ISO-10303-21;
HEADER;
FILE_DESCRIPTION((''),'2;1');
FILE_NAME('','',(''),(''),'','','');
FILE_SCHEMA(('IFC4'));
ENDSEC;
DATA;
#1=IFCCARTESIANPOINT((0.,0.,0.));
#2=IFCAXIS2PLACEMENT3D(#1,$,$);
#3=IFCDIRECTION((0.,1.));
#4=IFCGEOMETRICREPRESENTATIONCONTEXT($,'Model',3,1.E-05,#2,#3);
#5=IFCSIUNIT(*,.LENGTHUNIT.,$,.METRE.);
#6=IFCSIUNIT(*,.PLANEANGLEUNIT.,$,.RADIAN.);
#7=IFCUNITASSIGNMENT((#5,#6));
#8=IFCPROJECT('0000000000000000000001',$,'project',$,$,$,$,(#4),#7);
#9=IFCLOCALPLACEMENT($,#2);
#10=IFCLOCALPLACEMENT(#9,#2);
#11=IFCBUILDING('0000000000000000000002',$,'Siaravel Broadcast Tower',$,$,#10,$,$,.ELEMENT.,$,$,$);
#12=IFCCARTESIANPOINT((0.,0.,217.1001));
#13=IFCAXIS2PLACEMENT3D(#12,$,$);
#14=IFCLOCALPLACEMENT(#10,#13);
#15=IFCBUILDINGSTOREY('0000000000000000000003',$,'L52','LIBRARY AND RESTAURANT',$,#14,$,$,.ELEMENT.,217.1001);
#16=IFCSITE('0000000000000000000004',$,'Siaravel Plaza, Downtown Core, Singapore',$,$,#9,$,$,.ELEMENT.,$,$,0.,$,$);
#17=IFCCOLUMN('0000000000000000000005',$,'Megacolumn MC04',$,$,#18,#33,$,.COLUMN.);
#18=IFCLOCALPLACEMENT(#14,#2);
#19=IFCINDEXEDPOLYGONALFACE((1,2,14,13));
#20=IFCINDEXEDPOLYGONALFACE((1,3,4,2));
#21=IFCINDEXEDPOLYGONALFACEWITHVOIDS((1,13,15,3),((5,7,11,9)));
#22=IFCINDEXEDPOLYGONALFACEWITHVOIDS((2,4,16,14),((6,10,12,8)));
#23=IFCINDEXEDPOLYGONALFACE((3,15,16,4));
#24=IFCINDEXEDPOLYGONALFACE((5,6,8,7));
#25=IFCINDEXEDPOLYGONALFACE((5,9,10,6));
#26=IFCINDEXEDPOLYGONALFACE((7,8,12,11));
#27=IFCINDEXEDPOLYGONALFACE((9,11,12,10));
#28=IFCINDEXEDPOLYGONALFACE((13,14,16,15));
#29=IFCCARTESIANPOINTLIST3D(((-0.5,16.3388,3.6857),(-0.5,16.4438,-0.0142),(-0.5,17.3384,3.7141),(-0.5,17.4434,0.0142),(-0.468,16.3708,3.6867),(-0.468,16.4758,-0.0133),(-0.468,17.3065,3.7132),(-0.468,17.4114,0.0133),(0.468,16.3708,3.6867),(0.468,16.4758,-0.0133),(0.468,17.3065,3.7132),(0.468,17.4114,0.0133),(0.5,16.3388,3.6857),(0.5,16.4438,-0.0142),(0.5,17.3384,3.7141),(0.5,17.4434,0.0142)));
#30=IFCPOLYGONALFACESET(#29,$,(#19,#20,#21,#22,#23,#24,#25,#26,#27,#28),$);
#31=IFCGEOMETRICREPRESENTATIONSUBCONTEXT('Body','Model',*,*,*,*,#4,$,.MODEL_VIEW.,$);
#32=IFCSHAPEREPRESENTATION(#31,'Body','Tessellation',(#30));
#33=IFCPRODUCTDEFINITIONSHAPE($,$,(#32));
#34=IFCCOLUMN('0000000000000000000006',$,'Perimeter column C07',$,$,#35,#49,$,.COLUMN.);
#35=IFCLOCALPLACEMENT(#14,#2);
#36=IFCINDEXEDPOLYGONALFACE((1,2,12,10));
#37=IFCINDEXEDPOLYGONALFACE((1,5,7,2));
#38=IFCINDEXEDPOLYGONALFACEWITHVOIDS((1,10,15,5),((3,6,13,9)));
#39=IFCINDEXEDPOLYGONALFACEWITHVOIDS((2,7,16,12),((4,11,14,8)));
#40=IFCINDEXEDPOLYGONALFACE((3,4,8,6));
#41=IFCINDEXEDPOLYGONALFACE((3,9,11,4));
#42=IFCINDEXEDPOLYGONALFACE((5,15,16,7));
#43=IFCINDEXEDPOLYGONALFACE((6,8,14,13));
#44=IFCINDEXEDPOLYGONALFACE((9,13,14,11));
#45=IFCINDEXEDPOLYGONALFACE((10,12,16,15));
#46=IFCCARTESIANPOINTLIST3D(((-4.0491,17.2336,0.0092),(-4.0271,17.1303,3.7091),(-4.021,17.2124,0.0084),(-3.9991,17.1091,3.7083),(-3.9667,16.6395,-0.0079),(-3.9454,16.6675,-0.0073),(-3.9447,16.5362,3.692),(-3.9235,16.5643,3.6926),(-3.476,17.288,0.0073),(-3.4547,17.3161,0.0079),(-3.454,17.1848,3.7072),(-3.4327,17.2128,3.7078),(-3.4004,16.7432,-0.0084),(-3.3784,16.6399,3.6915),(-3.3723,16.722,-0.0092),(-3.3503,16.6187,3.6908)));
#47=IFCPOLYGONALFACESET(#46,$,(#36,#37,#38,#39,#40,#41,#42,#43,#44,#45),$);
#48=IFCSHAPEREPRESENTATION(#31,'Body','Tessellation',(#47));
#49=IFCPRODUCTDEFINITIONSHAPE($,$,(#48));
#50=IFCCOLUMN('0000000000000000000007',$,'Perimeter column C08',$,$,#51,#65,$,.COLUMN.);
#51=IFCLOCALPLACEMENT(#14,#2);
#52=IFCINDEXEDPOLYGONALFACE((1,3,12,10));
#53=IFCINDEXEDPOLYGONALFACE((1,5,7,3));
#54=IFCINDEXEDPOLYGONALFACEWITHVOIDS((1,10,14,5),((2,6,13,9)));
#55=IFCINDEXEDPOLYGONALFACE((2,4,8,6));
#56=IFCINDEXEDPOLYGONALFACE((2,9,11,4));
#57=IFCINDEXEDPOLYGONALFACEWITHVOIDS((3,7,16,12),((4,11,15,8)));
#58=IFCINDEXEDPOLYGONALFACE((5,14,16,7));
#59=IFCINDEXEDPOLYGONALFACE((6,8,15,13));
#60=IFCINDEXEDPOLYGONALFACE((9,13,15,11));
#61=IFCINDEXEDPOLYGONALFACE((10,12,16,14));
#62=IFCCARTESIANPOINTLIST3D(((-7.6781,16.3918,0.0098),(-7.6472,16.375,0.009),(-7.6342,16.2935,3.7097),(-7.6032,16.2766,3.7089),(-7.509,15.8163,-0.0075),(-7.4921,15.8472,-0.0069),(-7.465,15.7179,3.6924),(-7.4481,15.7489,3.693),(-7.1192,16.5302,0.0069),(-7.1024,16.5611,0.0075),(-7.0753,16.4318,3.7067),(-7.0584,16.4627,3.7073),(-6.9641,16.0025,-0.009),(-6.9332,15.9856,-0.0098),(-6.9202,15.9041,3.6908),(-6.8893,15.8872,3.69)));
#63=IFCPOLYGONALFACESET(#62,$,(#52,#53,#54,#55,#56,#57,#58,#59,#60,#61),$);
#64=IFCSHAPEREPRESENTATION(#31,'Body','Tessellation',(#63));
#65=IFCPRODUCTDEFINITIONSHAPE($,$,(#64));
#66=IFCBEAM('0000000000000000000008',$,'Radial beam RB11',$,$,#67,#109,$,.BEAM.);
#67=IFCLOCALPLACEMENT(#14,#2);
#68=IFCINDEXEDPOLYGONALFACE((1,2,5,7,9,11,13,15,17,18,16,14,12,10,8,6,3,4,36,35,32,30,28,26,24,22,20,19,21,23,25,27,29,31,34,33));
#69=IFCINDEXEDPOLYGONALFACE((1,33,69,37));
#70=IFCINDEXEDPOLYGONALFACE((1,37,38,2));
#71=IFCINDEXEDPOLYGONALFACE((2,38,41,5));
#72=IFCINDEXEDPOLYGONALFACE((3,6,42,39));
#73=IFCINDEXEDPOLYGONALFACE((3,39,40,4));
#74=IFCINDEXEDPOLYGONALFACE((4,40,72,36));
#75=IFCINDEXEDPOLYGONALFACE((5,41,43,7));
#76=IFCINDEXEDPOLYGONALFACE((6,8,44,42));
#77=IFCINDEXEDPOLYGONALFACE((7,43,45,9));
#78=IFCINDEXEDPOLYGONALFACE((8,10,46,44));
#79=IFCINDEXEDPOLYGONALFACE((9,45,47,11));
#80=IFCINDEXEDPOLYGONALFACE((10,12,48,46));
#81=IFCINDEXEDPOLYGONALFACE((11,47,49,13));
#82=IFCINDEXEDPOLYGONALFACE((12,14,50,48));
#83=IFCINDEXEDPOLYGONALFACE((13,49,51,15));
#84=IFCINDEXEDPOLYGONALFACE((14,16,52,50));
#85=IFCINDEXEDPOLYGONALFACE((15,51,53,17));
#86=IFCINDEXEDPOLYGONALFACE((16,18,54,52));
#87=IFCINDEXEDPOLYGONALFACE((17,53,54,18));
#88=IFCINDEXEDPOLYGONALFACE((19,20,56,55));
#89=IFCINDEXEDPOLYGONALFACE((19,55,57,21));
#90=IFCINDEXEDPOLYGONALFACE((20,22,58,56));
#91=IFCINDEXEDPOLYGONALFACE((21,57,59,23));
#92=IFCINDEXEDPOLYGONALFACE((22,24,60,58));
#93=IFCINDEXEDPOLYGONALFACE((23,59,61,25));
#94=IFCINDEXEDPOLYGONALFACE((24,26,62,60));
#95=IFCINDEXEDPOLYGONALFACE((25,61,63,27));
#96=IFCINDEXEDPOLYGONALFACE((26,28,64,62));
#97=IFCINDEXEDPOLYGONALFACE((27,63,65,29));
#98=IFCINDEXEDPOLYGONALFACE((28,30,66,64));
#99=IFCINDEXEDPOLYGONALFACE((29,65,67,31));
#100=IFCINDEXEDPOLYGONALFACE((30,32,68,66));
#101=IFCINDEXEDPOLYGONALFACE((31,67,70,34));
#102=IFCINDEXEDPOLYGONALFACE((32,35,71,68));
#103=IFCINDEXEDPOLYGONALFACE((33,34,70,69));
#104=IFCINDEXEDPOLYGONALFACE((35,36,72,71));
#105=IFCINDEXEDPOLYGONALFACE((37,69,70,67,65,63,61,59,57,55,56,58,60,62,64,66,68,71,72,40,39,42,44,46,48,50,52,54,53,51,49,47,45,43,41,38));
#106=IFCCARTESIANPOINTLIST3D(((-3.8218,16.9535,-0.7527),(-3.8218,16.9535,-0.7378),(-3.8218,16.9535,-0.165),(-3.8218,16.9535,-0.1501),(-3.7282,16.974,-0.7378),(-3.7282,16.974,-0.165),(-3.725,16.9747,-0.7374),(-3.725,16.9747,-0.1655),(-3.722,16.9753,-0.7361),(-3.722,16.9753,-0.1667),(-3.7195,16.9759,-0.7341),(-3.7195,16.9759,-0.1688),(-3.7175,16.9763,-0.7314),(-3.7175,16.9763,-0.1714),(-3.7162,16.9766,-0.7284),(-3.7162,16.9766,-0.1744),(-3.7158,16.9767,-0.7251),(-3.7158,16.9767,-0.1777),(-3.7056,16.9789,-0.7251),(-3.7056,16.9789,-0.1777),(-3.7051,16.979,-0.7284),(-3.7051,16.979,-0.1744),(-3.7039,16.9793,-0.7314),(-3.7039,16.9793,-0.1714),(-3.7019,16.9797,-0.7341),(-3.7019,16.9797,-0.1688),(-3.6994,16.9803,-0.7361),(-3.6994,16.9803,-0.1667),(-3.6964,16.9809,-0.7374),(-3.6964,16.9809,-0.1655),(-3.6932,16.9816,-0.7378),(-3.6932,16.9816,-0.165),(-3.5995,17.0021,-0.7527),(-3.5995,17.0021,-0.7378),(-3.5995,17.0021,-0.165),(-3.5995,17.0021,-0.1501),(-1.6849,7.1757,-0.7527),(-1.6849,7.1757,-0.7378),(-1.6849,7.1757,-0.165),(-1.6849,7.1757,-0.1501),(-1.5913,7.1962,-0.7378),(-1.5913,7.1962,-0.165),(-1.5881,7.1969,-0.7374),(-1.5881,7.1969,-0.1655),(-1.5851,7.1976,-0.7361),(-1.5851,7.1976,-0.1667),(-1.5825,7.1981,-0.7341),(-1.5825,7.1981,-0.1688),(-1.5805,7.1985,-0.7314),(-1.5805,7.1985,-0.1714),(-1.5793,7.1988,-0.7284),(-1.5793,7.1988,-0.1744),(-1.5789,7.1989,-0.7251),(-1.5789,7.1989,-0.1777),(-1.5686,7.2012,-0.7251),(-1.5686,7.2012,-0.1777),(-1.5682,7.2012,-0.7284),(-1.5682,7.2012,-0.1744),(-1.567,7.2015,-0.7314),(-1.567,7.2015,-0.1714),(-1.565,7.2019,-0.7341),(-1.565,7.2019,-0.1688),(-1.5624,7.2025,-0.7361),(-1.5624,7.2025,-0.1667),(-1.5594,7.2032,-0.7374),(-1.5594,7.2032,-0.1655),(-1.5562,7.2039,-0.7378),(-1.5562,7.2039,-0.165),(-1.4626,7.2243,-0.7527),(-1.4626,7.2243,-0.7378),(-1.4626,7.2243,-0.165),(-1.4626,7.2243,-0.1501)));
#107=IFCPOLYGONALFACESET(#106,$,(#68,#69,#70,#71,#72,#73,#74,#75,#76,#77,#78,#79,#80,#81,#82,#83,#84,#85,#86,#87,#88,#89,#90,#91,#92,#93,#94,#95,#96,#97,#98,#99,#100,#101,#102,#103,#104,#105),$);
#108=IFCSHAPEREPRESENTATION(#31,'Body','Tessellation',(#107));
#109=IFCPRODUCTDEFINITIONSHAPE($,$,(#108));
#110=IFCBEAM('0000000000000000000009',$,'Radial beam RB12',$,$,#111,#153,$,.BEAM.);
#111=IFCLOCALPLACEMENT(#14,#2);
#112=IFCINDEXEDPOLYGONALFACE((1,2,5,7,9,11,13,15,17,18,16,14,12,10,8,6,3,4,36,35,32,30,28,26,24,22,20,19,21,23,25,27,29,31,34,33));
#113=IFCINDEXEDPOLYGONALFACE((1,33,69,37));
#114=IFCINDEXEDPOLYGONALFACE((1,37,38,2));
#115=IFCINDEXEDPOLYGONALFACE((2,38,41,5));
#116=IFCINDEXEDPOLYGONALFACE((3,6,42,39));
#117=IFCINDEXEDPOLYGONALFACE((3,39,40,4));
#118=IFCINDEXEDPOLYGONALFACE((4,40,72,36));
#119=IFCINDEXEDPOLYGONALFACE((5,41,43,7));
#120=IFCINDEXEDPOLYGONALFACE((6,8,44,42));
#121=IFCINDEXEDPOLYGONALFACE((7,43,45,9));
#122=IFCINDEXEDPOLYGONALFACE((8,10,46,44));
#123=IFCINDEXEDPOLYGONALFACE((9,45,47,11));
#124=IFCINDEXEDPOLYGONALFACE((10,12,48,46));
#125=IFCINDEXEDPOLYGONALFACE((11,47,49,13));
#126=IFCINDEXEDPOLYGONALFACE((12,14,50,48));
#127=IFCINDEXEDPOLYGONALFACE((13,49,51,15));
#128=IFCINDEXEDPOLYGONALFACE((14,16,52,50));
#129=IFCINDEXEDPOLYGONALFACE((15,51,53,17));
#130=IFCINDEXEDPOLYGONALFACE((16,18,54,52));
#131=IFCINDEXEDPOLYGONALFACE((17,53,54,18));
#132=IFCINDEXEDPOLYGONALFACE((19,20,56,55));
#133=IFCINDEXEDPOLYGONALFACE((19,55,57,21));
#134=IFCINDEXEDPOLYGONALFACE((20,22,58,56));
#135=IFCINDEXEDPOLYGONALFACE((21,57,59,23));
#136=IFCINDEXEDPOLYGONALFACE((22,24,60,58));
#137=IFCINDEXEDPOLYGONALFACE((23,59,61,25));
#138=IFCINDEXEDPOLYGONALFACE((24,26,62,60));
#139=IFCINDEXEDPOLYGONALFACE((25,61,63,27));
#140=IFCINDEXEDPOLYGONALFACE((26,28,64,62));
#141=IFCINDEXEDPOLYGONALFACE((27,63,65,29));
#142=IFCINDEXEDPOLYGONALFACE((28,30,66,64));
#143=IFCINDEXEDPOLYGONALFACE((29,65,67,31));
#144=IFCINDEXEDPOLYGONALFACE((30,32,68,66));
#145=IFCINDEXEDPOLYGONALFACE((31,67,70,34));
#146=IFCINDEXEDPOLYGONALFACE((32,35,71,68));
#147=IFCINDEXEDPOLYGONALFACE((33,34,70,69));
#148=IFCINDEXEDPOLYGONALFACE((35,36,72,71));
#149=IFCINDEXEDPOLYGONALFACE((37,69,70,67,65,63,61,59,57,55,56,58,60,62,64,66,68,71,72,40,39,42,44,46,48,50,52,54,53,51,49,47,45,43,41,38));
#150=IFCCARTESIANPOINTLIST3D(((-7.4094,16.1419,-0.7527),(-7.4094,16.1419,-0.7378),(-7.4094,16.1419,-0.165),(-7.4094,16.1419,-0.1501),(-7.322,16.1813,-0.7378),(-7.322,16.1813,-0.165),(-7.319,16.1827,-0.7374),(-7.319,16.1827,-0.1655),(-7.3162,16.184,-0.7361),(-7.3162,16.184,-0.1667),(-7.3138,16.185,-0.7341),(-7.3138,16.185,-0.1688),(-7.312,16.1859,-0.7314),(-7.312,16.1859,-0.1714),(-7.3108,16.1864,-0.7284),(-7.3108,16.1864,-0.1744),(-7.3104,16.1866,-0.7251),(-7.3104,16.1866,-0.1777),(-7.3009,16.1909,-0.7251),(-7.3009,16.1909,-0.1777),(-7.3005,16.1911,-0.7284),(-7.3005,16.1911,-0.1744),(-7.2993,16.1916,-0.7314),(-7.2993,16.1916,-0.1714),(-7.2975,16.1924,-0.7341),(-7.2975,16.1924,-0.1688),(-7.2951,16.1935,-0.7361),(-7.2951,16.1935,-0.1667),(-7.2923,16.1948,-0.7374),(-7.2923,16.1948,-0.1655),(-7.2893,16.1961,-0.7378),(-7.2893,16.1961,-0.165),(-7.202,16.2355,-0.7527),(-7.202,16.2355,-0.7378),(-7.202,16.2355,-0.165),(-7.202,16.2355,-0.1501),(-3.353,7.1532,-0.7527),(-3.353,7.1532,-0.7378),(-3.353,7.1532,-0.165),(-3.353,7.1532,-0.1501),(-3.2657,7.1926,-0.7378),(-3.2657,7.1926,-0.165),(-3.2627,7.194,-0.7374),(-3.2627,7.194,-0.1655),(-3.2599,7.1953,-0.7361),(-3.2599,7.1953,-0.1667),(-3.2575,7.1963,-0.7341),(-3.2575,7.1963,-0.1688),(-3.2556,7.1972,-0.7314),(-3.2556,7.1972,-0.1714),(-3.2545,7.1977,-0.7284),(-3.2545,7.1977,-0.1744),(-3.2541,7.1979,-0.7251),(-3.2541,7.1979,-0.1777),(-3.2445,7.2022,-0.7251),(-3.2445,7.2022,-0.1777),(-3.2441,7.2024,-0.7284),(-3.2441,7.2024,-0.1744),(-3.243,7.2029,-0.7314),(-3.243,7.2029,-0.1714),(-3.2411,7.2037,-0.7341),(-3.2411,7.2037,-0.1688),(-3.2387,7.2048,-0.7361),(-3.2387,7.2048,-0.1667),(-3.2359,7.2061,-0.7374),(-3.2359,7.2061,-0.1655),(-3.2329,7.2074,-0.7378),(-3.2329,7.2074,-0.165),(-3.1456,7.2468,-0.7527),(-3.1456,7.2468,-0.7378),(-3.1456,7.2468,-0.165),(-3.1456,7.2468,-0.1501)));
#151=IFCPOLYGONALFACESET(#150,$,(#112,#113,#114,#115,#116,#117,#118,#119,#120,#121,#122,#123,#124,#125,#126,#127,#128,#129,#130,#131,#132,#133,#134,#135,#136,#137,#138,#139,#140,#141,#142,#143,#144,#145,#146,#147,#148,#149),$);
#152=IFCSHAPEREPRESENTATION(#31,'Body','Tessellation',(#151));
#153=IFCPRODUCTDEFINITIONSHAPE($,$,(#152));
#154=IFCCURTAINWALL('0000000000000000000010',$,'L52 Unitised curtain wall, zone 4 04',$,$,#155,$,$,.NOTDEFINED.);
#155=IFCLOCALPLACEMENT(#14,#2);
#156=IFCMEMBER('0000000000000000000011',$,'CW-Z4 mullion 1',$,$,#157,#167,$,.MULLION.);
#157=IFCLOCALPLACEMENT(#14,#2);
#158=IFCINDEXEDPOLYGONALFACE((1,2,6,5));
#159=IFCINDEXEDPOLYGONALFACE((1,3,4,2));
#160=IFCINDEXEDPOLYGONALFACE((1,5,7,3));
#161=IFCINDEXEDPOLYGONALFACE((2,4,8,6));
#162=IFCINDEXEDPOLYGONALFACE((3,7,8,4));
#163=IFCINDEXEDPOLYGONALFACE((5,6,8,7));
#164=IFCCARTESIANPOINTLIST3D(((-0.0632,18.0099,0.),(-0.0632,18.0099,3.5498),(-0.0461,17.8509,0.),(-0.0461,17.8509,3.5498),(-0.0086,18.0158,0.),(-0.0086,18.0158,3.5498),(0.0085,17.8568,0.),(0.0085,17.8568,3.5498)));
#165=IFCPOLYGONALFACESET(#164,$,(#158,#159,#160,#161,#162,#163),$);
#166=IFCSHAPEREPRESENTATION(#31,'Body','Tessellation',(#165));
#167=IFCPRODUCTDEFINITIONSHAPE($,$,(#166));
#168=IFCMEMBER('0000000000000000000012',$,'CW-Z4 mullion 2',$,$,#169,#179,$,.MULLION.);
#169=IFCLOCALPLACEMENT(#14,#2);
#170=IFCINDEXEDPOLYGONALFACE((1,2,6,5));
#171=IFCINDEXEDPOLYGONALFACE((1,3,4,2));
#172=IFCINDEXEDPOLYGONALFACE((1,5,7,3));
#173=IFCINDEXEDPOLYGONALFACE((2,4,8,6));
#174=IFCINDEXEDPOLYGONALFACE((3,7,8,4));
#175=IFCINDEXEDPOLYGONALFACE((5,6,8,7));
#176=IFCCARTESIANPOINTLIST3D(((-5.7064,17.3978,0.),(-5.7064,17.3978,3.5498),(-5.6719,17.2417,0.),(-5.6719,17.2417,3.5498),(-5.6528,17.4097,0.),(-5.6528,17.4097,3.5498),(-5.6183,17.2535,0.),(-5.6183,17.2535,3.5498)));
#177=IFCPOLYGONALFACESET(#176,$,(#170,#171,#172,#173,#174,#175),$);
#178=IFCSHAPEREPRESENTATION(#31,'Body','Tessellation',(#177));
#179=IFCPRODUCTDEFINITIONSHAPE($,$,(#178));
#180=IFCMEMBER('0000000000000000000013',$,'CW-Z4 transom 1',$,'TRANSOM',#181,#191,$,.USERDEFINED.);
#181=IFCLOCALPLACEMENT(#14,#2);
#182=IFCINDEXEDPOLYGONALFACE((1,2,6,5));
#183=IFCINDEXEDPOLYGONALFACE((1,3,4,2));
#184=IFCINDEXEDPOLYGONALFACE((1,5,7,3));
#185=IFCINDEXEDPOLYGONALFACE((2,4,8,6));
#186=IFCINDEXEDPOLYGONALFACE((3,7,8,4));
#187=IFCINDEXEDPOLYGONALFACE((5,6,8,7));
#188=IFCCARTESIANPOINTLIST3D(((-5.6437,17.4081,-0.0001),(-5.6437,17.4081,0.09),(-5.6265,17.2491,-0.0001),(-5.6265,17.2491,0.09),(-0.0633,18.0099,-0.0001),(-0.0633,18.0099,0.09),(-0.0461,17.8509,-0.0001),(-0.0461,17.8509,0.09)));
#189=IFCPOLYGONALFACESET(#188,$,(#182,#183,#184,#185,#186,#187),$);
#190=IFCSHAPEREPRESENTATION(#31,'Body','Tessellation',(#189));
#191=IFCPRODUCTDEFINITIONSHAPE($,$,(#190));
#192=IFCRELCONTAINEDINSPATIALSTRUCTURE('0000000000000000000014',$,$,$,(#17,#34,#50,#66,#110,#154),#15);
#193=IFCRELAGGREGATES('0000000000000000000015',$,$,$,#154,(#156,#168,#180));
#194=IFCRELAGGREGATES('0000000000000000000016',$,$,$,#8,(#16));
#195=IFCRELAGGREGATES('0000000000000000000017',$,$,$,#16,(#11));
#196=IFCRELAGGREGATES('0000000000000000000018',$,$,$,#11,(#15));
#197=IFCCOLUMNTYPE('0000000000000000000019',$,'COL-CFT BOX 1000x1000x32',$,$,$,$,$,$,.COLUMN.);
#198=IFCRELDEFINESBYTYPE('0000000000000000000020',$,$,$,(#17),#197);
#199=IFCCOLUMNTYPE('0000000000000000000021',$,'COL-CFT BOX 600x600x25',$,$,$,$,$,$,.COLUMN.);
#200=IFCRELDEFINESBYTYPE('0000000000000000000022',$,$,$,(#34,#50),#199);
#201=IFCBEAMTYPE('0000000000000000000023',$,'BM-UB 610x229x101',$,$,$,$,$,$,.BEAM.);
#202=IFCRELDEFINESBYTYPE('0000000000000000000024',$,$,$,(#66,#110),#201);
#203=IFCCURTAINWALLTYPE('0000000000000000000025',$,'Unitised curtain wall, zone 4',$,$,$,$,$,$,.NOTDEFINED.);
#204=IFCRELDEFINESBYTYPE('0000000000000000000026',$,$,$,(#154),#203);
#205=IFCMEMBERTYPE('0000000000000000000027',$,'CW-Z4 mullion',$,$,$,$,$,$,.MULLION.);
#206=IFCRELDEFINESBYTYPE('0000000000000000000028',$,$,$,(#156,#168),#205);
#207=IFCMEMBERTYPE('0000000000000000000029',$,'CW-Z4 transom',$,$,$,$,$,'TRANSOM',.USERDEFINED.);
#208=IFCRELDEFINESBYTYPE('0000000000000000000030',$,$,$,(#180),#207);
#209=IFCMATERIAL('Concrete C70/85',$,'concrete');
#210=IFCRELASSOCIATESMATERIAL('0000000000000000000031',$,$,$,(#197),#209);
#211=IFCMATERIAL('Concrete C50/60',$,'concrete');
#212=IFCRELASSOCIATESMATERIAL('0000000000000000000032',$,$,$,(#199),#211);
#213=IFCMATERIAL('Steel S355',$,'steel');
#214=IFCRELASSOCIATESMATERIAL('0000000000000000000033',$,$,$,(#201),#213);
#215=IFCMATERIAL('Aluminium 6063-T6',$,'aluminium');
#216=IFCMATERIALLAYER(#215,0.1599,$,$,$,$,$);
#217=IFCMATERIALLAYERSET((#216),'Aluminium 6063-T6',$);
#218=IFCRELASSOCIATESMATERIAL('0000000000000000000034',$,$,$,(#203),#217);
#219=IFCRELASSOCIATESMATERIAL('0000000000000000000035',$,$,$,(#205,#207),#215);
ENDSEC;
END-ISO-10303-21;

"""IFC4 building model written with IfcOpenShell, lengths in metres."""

from ifc_helpers import new_model, si_unit, direction, frame, origin, origin_2d, place, context, subcontext, project, spatial, rectangle, hollow_rectangle, i_section, extrude, material, layer, layer_set, material_profile, profile_set, type_object, element, aggregate, save


model = new_model("IFC4")

# Units and contexts
model_context = context("Model", 3, precision=1e-05, world=origin(), true_north=direction((0.0, 1.0)))
body_context = subcontext(model_context, "Body", "Model", "MODEL_VIEW")
ifc_project = project(units=[si_unit("LENGTHUNIT", "METRE"), si_unit("PLANEANGLEUNIT", "RADIAN")], contexts=[model_context])

# Site, building, storey
site_placement = place(None, origin())
site = spatial("IfcSite", under=ifc_project, at=site_placement, Name="Siaravel Plaza, Downtown Core, Singapore", CompositionType="ELEMENT", RefElevation=0.0)
building_placement = place(site_placement, origin())
building = spatial("IfcBuilding", under=site, at=building_placement, Name="Siaravel Broadcast Tower", CompositionType="ELEMENT")
storey_placement = place(building_placement, frame((0.0, 0.0, 217.1001)))
storey = spatial("IfcBuildingStorey", under=building, at=storey_placement, Name="L52", Description="LIBRARY AND RESTAURANT", CompositionType="ELEMENT", Elevation=217.1001)

# Columns
ifc_material_1 = material(Name="Concrete C70/85", Category="concrete")
ifc_material_profile_1 = material_profile(ifc_material_1, hollow_rectangle(XDim=1.0, YDim=1.0, WallThickness=0.032, at=origin_2d()))
ifc_profile_set_1 = profile_set([ifc_material_profile_1], Name="Concrete C70/85")
column_type_1 = type_object("IfcColumnType", Name="COL-CFT BOX 1000x1000x32", PredefinedType="COLUMN", material=ifc_profile_set_1)
column_placement = place(storey_placement, frame((0.0, 16.9436, 0.0), z_axis=(0.0, -0.028362, 0.999598), x_axis=(1.0, 0.0, 0.0)))
element("IfcColumn", 1, at=column_placement, inside=storey, type_object=column_type_1, Name="Megacolumn MC04", PredefinedType="COLUMN", context=body_context, shape_type="SweptSolid", body=[
    extrude(hollow_rectangle(XDim=1.0, YDim=1.0, WallThickness=0.032, at=origin_2d()), origin(), (0.0, 0.0, 1.0), 3.7014),
])
ifc_material_2 = material(Name="Concrete C50/60", Category="concrete")
ifc_material_profile_2 = material_profile(ifc_material_2, hollow_rectangle(XDim=0.6001, YDim=0.6001, WallThickness=0.0249, at=origin_2d()))
ifc_profile_set_2 = profile_set([ifc_material_profile_2], Name="Concrete C50/60")
column_type_2 = type_object("IfcColumnType", Name="COL-CFT BOX 600x600x25", PredefinedType="COLUMN", material=ifc_profile_set_2)
for number, where, z_axis, x_axis, name in (
    (2, (-3.7107, 16.9778, 0.0), (0.005936, -0.0279, 0.999593), (0.990502, 0.137481, -0.002045), "Perimeter column C07"),
    (3, (-7.3057, 16.1887, 0.0), (0.011872, -0.026581, 0.999576), (0.959385, 0.282074, -0.003894), "Perimeter column C08"),
):
    element("IfcColumn", number, at=place(storey_placement, frame(where, z_axis=z_axis, x_axis=x_axis)), inside=storey, type_object=column_type_2, Name=name, PredefinedType="COLUMN", context=body_context, shape_type="SweptSolid", body=[
        extrude(hollow_rectangle(XDim=0.6001, YDim=0.6001, WallThickness=0.0249, at=origin_2d()), origin(), (0.0, 0.0, 1.0), 3.7014),
    ])

# Beams
ifc_material_3 = material(Name="Steel S355", Category="steel")
ifc_material_profile_3 = material_profile(ifc_material_3, i_section(OverallWidth=0.2275, OverallDepth=0.6025, WebThickness=0.0105, FlangeThickness=0.0149, FilletRadius=0.0127, at=origin_2d()))
ifc_profile_set_3 = profile_set([ifc_material_profile_3], Name="Steel S355")
beam_type = type_object("IfcBeamType", Name="BM-UB 610x229x101", PredefinedType="BEAM", material=ifc_profile_set_3)
beam_1_placement = place(storey_placement, frame((-3.7107, 16.9778, -0.4514), z_axis=(0.213512, -0.97694, 0.0), x_axis=(0.97694, 0.213512, 0.0)))
element("IfcBeam", 4, at=beam_1_placement, inside=storey, type_object=beam_type, Name="Radial beam RB11", PredefinedType="BEAM", context=body_context, shape_type="SweptSolid", body=[
    extrude(i_section(OverallWidth=0.2275, OverallDepth=0.6025, WebThickness=0.0105, FlangeThickness=0.0149, FilletRadius=0.0127, at=origin_2d()), origin(), (0.0, 0.0, 1.0), 10.0085),
])
beam_2_placement = place(storey_placement, frame((-7.3057, 16.1887, -0.4514), z_axis=(0.41133, -0.911486, 0.0), x_axis=(0.911486, 0.41133, 0.0)))
element("IfcBeam", 5, at=beam_2_placement, inside=storey, type_object=beam_type, Name="Radial beam RB12", PredefinedType="BEAM", context=body_context, shape_type="SweptSolid", body=[
    extrude(i_section(OverallWidth=0.2275, OverallDepth=0.6025, WebThickness=0.0105, FlangeThickness=0.0149, FilletRadius=0.0127, at=origin_2d()), origin(), (0.0, 0.0, 1.0), 9.8616),
])

# Curtain wall, members
ifc_material_4 = material(Name="Aluminium 6063-T6", Category="aluminium")
ifc_layer_1 = layer(ifc_material_4, 0.1599)
ifc_layer_set_1 = layer_set([ifc_layer_1], Name="Aluminium 6063-T6")
curtain_wall_type = type_object("IfcCurtainWallType", Name="Unitised curtain wall, zone 4", PredefinedType="NOTDEFINED", material=ifc_layer_set_1)
curtain_wall_placement = place(storey_placement, origin())
curtain_wall = element("IfcCurtainWall", 6, at=curtain_wall_placement, inside=storey, type_object=curtain_wall_type, Name="L52 Unitised curtain wall, zone 4 04", PredefinedType="NOTDEFINED")
ifc_material_profile_4 = material_profile(ifc_material_4, rectangle(XDim=0.1599, YDim=0.0549, at=origin_2d()))
ifc_profile_set_4 = profile_set([ifc_material_profile_4], Name="Aluminium 6063-T6")
member_type_1 = type_object("IfcMemberType", Name="CW-Z4 mullion", PredefinedType="MULLION", material=ifc_profile_set_4)
member_1_placement = place(storey_placement, frame((-0.0273, 17.9333, 0.0), z_axis=(0.0, 0.0, 1.0), x_axis=(0.107218, -0.994236, 0.0)))
member_1 = element("IfcMember", 7, at=member_1_placement, type_object=member_type_1, Name="CW-Z4 mullion 1", PredefinedType="MULLION", context=body_context, shape_type="SweptSolid", body=[
    extrude(rectangle(XDim=0.1599, YDim=0.0549, at=origin_2d()), origin(), (0.0, 0.0, 1.0), 3.5498),
])
member_2_placement = place(storey_placement, frame((-5.6624, 17.3257, 0.0), z_axis=(0.0, 0.0, 1.0), x_axis=(0.215558, -0.976491, 0.0)))
member_2 = element("IfcMember", 8, at=member_2_placement, type_object=member_type_1, Name="CW-Z4 mullion 2", PredefinedType="MULLION", context=body_context, shape_type="SweptSolid", body=[
    extrude(rectangle(XDim=0.1599, YDim=0.0549, at=origin_2d()), origin(), (0.0, 0.0, 1.0), 3.5498),
])
ifc_material_profile_5 = material_profile(ifc_material_4, rectangle(XDim=0.1599, YDim=0.0901, at=origin_2d()))
ifc_profile_set_5 = profile_set([ifc_material_profile_5], Name="Aluminium 6063-T6")
member_type_2 = type_object("IfcMemberType", Name="CW-Z4 transom", ElementType="TRANSOM", PredefinedType="USERDEFINED", material=ifc_profile_set_5)
member_3_placement = place(storey_placement, frame((-0.0547, 17.9304, 0.0449), z_axis=(-0.994235, -0.107223, 0.0), x_axis=(0.107223, -0.994235, 0.0)))
member_3 = element("IfcMember", 9, at=member_3_placement, type_object=member_type_2, Name="CW-Z4 transom 1", ObjectType="TRANSOM", PredefinedType="USERDEFINED", context=body_context, shape_type="SweptSolid", body=[
    extrude(rectangle(XDim=0.1599, YDim=0.0901, at=origin_2d()), origin(), (0.0, 0.0, 1.0), 5.6128),
])

aggregate(curtain_wall, [member_1, member_2, member_3])

save(model, "model.ifc")
